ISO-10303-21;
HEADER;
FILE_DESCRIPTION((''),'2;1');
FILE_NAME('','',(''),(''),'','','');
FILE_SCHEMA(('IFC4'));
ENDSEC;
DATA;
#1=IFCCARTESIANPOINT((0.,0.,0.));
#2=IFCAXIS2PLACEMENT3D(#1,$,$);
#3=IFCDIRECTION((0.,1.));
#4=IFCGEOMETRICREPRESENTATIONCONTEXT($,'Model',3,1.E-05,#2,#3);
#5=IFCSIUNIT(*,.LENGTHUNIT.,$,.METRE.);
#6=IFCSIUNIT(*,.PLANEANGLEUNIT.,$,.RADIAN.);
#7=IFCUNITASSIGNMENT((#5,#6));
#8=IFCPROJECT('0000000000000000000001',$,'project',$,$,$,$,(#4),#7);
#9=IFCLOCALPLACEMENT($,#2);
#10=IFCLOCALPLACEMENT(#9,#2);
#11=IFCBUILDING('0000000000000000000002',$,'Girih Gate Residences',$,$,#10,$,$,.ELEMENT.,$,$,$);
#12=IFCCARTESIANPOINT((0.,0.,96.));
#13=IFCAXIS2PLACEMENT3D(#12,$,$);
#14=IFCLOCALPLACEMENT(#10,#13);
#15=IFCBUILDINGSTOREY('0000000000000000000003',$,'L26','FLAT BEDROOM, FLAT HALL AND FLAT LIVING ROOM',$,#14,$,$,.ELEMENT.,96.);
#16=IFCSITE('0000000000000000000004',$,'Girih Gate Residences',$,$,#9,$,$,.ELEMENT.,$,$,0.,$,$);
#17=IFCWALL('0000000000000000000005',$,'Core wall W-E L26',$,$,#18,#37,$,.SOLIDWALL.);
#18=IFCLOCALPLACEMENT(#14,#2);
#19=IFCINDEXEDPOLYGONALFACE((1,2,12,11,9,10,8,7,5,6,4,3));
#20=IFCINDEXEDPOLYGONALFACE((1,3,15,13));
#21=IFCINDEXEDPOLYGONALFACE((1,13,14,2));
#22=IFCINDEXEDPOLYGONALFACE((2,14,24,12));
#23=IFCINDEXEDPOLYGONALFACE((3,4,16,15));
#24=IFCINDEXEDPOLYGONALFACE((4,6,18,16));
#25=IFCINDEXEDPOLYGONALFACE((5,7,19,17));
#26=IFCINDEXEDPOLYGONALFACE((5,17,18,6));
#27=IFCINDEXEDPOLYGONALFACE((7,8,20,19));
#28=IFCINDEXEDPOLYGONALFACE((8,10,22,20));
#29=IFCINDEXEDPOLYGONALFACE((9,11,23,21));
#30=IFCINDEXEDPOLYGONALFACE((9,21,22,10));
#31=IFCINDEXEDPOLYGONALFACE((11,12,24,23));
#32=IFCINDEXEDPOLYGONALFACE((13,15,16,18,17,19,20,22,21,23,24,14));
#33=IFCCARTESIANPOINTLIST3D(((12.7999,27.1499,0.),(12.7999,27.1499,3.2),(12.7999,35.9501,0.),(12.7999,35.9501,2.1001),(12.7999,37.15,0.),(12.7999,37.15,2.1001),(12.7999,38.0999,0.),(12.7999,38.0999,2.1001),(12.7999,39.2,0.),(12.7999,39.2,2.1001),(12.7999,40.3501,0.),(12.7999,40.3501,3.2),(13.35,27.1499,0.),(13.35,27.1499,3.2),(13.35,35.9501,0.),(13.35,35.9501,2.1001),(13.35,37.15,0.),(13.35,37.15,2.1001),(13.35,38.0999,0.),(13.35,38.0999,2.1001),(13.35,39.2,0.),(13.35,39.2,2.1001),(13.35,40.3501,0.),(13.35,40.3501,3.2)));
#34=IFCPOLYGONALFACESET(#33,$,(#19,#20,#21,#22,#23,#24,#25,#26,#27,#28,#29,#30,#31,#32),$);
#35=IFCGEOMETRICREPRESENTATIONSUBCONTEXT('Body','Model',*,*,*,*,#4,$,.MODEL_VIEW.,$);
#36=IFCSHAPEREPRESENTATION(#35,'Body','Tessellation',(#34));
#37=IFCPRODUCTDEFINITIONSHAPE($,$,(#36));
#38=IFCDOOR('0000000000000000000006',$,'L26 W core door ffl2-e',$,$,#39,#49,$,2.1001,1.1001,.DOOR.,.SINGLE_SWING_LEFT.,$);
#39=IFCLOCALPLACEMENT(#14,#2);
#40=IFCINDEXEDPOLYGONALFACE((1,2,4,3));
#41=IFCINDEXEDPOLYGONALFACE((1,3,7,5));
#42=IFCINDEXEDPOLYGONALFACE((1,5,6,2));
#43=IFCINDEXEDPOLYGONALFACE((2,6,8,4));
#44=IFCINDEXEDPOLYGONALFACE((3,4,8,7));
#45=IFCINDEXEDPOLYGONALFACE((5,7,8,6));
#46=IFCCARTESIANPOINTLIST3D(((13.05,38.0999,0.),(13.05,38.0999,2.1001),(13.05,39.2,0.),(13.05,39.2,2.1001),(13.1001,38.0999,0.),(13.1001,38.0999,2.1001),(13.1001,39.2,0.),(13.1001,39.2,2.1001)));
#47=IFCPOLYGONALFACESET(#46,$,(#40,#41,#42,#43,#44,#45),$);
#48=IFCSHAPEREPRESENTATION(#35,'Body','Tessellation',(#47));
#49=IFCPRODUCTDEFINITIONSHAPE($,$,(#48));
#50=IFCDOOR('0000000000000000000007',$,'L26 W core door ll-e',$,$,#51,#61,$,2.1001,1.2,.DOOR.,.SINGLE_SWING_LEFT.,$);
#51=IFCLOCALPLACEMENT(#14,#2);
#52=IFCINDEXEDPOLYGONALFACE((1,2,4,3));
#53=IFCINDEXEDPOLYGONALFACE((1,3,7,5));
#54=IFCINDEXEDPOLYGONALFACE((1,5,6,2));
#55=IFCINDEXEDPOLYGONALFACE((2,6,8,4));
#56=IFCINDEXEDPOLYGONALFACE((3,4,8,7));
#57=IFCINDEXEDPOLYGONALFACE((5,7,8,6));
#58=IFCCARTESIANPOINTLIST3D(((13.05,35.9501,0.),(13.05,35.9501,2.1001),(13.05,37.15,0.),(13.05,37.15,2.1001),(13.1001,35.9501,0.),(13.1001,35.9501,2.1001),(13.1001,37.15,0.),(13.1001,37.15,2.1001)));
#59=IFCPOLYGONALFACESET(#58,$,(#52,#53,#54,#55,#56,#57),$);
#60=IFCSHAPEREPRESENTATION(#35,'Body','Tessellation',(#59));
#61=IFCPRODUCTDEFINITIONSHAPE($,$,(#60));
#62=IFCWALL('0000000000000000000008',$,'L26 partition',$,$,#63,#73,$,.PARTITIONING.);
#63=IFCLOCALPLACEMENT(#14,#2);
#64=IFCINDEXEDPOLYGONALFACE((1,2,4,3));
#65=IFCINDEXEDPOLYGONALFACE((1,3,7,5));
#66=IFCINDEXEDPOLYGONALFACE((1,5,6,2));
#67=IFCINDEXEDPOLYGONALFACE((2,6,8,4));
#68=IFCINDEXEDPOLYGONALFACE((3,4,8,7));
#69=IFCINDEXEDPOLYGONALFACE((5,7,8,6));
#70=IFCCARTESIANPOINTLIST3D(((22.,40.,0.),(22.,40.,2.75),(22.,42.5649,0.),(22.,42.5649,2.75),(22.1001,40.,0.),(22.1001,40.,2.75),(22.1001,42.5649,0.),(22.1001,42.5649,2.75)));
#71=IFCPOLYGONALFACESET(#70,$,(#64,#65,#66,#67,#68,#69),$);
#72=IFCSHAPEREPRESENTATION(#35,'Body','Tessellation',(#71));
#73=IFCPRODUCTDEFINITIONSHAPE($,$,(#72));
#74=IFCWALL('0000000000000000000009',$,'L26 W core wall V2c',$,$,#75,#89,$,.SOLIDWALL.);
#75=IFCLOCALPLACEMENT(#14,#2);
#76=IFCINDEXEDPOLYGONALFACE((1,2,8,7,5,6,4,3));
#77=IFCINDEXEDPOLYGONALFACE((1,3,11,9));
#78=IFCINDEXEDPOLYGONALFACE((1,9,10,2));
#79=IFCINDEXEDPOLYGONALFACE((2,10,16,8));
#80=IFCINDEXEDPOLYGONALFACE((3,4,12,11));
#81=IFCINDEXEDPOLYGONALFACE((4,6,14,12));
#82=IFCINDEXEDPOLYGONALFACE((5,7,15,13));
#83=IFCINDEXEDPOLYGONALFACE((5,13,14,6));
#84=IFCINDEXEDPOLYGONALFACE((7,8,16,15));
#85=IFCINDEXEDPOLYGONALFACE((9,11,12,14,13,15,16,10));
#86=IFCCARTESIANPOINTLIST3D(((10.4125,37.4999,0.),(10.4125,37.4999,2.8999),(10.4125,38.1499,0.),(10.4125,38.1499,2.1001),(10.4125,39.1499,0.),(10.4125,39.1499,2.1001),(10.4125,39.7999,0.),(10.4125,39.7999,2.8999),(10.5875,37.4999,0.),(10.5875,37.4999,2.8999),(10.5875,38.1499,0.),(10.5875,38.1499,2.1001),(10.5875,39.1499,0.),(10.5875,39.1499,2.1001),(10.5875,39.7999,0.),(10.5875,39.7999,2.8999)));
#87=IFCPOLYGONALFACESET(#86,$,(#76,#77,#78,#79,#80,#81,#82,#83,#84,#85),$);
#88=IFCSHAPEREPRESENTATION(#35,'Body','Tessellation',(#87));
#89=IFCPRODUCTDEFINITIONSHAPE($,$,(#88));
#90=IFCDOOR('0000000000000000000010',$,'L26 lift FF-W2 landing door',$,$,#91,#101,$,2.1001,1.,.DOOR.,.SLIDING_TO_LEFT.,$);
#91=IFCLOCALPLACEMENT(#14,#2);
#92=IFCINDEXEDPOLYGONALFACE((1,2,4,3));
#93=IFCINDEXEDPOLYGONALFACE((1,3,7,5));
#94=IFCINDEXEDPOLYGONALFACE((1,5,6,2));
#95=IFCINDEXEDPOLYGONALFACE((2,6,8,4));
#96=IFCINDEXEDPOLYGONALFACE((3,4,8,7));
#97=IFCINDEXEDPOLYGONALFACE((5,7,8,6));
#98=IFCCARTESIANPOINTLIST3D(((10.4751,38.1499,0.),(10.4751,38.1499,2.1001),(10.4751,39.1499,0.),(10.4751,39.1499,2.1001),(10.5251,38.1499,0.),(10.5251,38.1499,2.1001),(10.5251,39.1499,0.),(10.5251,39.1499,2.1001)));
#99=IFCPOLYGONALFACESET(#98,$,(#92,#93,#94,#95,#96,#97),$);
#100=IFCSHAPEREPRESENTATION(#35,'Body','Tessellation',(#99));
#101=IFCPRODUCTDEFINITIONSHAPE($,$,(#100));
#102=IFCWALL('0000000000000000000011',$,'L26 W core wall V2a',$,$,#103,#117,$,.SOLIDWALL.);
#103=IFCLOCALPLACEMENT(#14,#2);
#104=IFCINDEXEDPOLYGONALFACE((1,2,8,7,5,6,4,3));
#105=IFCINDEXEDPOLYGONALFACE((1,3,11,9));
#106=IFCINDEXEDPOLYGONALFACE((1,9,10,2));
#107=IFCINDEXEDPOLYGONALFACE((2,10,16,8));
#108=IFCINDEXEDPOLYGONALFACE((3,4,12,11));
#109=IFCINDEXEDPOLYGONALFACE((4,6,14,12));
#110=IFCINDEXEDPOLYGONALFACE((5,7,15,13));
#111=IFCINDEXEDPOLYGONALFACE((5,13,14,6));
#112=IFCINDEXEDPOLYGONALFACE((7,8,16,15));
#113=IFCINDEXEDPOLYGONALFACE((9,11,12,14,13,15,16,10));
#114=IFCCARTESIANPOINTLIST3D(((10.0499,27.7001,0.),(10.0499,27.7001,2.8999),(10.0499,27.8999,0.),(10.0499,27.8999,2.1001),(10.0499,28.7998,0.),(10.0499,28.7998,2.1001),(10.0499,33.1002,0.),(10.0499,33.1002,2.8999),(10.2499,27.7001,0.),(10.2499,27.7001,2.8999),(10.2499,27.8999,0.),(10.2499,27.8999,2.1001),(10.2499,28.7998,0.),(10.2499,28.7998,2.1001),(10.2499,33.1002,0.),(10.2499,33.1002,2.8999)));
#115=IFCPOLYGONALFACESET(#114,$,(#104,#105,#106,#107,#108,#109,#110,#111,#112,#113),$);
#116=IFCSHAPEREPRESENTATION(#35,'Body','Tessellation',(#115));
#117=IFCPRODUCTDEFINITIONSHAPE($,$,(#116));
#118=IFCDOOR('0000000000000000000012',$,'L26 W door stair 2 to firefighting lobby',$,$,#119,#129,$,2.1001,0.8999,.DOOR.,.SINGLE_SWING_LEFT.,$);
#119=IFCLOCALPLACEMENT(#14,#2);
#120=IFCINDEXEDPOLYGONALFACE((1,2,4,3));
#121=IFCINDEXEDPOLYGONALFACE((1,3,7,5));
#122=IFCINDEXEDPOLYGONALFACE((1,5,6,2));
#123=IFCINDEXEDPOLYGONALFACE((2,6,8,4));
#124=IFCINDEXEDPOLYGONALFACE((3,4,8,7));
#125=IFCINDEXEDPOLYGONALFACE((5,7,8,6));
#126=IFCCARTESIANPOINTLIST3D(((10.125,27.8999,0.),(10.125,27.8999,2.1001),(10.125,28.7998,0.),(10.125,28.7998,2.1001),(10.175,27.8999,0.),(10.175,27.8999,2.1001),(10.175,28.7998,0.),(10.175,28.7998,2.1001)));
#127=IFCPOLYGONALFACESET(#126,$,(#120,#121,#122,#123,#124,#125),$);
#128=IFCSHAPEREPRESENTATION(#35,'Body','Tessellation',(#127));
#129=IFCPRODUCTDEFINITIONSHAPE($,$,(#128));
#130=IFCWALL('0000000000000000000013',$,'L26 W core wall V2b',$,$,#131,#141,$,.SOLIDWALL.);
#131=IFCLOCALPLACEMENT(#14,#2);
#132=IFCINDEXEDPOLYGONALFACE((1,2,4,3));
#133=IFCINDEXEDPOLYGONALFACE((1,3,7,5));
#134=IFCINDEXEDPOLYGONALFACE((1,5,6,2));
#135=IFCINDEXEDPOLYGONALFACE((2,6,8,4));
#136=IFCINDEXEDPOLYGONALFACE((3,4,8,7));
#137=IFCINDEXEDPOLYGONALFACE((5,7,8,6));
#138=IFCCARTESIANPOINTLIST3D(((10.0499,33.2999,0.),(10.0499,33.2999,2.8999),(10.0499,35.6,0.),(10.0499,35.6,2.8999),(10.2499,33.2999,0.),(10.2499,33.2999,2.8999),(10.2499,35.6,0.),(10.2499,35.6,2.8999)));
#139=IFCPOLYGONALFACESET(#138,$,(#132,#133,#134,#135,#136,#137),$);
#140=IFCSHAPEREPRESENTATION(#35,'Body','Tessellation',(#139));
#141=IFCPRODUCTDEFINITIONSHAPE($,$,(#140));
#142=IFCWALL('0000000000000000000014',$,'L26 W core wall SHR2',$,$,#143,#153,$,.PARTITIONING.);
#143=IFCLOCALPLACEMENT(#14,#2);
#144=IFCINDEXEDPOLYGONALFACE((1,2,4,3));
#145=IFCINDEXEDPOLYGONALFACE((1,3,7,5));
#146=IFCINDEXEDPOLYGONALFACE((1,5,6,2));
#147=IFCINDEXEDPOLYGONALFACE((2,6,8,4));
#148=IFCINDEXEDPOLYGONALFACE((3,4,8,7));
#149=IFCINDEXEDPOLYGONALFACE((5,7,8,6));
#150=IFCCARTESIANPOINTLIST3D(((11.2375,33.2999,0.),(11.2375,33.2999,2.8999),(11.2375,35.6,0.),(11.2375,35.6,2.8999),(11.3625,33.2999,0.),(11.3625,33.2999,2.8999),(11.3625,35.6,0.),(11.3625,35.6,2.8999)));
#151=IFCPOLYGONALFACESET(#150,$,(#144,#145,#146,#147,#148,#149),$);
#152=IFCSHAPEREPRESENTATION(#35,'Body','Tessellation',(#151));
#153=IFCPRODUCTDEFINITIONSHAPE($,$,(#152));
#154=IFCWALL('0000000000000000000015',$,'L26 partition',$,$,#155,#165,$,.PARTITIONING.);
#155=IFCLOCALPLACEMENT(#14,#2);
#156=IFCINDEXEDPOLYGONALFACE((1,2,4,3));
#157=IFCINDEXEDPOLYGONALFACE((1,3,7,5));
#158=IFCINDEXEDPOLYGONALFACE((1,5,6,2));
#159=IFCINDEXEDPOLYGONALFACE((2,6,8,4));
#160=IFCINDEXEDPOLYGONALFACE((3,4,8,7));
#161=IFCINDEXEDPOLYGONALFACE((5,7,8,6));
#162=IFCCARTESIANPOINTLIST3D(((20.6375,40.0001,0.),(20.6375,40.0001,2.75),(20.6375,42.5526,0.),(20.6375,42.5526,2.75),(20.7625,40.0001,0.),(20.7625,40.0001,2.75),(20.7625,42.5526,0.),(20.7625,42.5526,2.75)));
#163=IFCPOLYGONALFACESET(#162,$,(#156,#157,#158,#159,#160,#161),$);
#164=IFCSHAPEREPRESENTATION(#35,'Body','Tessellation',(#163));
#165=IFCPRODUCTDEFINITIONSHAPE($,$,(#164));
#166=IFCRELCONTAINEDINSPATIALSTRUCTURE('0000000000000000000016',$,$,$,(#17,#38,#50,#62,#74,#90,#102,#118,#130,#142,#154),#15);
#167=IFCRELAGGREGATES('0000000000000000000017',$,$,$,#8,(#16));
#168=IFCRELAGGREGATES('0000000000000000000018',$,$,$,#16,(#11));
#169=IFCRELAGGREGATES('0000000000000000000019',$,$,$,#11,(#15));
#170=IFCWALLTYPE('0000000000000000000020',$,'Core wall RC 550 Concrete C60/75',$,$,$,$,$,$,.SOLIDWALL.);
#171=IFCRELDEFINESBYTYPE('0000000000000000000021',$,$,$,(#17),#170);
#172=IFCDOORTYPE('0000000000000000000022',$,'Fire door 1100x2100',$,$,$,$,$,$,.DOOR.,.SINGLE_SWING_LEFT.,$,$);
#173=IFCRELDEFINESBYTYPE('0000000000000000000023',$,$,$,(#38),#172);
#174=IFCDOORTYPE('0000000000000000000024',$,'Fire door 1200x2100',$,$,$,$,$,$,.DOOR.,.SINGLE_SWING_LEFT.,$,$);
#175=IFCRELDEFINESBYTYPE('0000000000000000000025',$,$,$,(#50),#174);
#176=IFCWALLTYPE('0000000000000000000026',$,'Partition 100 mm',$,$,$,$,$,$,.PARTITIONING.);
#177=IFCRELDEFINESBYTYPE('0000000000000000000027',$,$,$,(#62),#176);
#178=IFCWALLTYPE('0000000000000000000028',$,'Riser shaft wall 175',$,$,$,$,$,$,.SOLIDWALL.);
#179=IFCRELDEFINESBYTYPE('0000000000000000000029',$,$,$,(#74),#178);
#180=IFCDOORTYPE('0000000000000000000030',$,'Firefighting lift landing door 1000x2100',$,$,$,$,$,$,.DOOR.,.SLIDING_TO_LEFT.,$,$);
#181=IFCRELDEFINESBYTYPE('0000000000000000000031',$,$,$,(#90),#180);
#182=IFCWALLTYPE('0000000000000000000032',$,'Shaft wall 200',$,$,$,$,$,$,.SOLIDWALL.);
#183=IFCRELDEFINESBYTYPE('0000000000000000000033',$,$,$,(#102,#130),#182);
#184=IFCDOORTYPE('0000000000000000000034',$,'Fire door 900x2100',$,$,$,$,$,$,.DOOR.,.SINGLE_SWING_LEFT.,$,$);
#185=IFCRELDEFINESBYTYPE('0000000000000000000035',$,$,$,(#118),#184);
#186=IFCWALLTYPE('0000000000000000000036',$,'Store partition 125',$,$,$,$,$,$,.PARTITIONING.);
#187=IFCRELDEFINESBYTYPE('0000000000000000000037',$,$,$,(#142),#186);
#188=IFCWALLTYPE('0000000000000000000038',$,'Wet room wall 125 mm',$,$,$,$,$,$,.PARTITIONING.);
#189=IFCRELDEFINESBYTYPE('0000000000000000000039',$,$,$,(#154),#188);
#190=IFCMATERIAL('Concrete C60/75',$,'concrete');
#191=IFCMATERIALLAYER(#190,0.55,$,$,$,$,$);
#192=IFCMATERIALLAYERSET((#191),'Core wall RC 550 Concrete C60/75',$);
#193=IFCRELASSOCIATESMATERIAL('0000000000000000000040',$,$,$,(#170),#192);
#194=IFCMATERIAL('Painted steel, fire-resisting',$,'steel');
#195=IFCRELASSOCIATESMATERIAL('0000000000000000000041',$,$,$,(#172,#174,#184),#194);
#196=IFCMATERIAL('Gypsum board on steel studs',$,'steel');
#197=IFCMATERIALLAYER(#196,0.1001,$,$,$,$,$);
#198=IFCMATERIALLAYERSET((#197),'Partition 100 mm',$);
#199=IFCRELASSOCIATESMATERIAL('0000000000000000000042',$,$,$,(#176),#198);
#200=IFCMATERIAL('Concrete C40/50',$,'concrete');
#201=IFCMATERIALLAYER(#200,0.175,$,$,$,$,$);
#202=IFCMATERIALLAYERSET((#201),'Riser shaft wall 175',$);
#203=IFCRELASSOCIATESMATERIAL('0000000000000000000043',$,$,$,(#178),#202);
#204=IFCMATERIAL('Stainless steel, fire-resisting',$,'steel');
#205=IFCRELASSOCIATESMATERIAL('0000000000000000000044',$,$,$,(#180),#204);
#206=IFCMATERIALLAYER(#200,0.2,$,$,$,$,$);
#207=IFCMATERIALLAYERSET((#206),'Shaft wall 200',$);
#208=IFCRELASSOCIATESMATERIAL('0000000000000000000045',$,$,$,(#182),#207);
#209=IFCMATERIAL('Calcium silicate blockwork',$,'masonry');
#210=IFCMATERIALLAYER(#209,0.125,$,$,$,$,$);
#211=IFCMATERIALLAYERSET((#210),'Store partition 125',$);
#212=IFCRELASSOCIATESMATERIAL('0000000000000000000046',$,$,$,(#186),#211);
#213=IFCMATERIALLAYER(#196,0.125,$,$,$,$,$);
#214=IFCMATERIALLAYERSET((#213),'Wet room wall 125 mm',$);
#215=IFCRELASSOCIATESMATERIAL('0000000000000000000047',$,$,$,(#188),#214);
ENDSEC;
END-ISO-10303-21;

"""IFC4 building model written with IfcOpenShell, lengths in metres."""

from ifc_helpers import new_model, si_unit, direction, frame, frame_2d, origin, place, context, subcontext, project, spatial, rectangle, extrude, material, layer, layer_set, type_object, element, fill, save


model = new_model("IFC4")

# Units and contexts
model_context = context("Model", 3, precision=1e-05, world=origin(), true_north=direction((0.0, 1.0)))
body_context = subcontext(model_context, "Body", "Model", "MODEL_VIEW")
ifc_project = project(units=[si_unit("LENGTHUNIT", "METRE"), si_unit("PLANEANGLEUNIT", "RADIAN")], contexts=[model_context])

# Site, building, storey
site_placement = place(None, origin())
site = spatial("IfcSite", under=ifc_project, at=site_placement, Name="Girih Gate Residences", CompositionType="ELEMENT", RefElevation=0.0)
building_placement = place(site_placement, origin())
building = spatial("IfcBuilding", under=site, at=building_placement, Name="Girih Gate Residences", CompositionType="ELEMENT")
storey_placement = place(building_placement, frame((0.0, 0.0, 96.0)))
storey = spatial("IfcBuildingStorey", under=building, at=storey_placement, Name="L26", Description="FLAT BEDROOM, FLAT HALL AND FLAT LIVING ROOM", CompositionType="ELEMENT", Elevation=96.0)

# Shared definitions
ifc_material_1 = material(Name="Concrete C60/75", Category="concrete")

# Shared definitions
ifc_material_2 = material(Name="Gypsum board on steel studs", Category="steel")

# Wall, openings, doors
ifc_layer_1 = layer(ifc_material_1, 0.55)
ifc_layer_set_1 = layer_set([ifc_layer_1], Name="Core wall RC 550 Concrete C60/75")
wall_type_1 = type_object("IfcWallType", Name="Core wall RC 550 Concrete C60/75", PredefinedType="SOLIDWALL", material=ifc_layer_set_1)
wall_1_placement = place(storey_placement, frame((13.075, 27.1499, 0.0), z_axis=(0.0, 0.0, 1.0), x_axis=(0.0, 1.0, 0.0)))
wall_1 = element("IfcWall", 1, at=wall_1_placement, inside=storey, type_object=wall_type_1, Name="Core wall W-E L26", PredefinedType="SOLIDWALL", context=body_context, shape_type="SweptSolid", body=[
    extrude(rectangle(XDim=13.2002, YDim=0.55, at=frame_2d((6.6001, 0.0))), origin(), (0.0, 0.0, 1.0), 3.2),
])
opening_1_placement = place(wall_1_placement, frame((10.95, 0.0, 0.0)))
opening_1 = element("IfcOpeningElement", 2, at=opening_1_placement, cuts=wall_1, PredefinedType="OPENING", context=body_context, shape_type="SweptSolid", body=[
    extrude(rectangle(XDim=1.1001, YDim=2.1001, at=frame_2d((0.55, 1.05))), frame((0.0, 0.2849, 0.0), z_axis=(0.0, -1.0, 0.0), x_axis=(1.0, 0.0, 0.0)), (0.0, 0.0, 1.0), 0.5701),
])
opening_2_placement = place(wall_1_placement, frame((8.8, 0.0, 0.0)))
opening_2 = element("IfcOpeningElement", 3, at=opening_2_placement, cuts=wall_1, PredefinedType="OPENING", context=body_context, shape_type="SweptSolid", body=[
    extrude(rectangle(XDim=1.2, YDim=2.1001, at=frame_2d((0.6001, 1.05))), frame((0.0, 0.2849, 0.0), z_axis=(0.0, -1.0, 0.0), x_axis=(1.0, 0.0, 0.0)), (0.0, 0.0, 1.0), 0.5701),
])
ifc_material_3 = material(Name="Painted steel, fire-resisting", Category="steel")
door_type_1 = type_object("IfcDoorType", Name="Fire door 1100x2100", OperationType="SINGLE_SWING_LEFT", PredefinedType="DOOR", material=ifc_material_3)
door_1_placement = place(opening_1_placement, origin())
door_1 = element("IfcDoor", 4, at=door_1_placement, inside=storey, type_object=door_type_1, Name="L26 W core door ffl2-e", OperationType="SINGLE_SWING_LEFT", OverallHeight=2.1001, OverallWidth=1.1001, PredefinedType="DOOR", context=body_context, shape_type="SweptSolid", body=[
    extrude(rectangle(XDim=1.1001, YDim=2.1001, at=frame_2d((0.55, 1.05))), frame((0.0, 0.0249, 0.0), z_axis=(0.0, -1.0, 0.0), x_axis=(1.0, 0.0, 0.0)), (0.0, 0.0, 1.0), 0.05),
])
fill(opening_1, door_1)
door_type_2 = type_object("IfcDoorType", Name="Fire door 1200x2100", OperationType="SINGLE_SWING_LEFT", PredefinedType="DOOR", material=ifc_material_3)
door_2_placement = place(opening_2_placement, origin())
door_2 = element("IfcDoor", 5, at=door_2_placement, inside=storey, type_object=door_type_2, Name="L26 W core door ll-e", OperationType="SINGLE_SWING_LEFT", OverallHeight=2.1001, OverallWidth=1.2, PredefinedType="DOOR", context=body_context, shape_type="SweptSolid", body=[
    extrude(rectangle(XDim=1.2, YDim=2.1001, at=frame_2d((0.6001, 1.05))), frame((0.0, 0.0249, 0.0), z_axis=(0.0, -1.0, 0.0), x_axis=(1.0, 0.0, 0.0)), (0.0, 0.0, 1.0), 0.05),
])
fill(opening_2, door_2)

# Wall
ifc_layer_2 = layer(ifc_material_2, 0.1001)
ifc_layer_set_2 = layer_set([ifc_layer_2], Name="Partition 100 mm")
wall_type_2 = type_object("IfcWallType", Name="Partition 100 mm", PredefinedType="PARTITIONING", material=ifc_layer_set_2)
wall_2_placement = place(storey_placement, frame((22.05, 40.0, 0.0), z_axis=(0.0, 0.0, 1.0), x_axis=(0.0, 1.0, 0.0)))
element("IfcWall", 6, at=wall_2_placement, inside=storey, type_object=wall_type_2, Name="L26 partition", PredefinedType="PARTITIONING", context=body_context, shape_type="SweptSolid", body=[
    extrude(rectangle(XDim=2.5649, YDim=0.1001, at=frame_2d((1.2825, 0.0))), origin(), (0.0, 0.0, 1.0), 2.75),
])

# Walls, openings, doors
ifc_material_4 = material(Name="Concrete C40/50", Category="concrete")
ifc_layer_3 = layer(ifc_material_4, 0.175)
ifc_layer_set_3 = layer_set([ifc_layer_3], Name="Riser shaft wall 175")
wall_type_3 = type_object("IfcWallType", Name="Riser shaft wall 175", PredefinedType="SOLIDWALL", material=ifc_layer_set_3)
wall_3_placement = place(storey_placement, frame((10.5, 37.5, 0.0), z_axis=(0.0, 0.0, 1.0), x_axis=(0.0, 1.0, 0.0)))
wall_3 = element("IfcWall", 7, at=wall_3_placement, inside=storey, type_object=wall_type_3, Name="L26 W core wall V2c", PredefinedType="SOLIDWALL", context=body_context, shape_type="SweptSolid", body=[
    extrude(rectangle(XDim=2.3, YDim=0.175, at=frame_2d((1.1499, 0.0))), origin(), (0.0, 0.0, 1.0), 2.8999),
])
opening_3_placement = place(wall_3_placement, frame((0.6499, 0.0, 0.0)))
opening_3 = element("IfcOpeningElement", 8, at=opening_3_placement, cuts=wall_3, PredefinedType="OPENING", context=body_context, shape_type="SweptSolid", body=[
    extrude(rectangle(XDim=1.0, YDim=2.1001, at=frame_2d((0.5, 1.05))), frame((0.0, 0.0974, 0.0), z_axis=(0.0, -1.0, 0.0), x_axis=(1.0, 0.0, 0.0)), (0.0, 0.0, 1.0), 0.1951),
])
ifc_material_5 = material(Name="Stainless steel, fire-resisting", Category="steel")
door_type_3 = type_object("IfcDoorType", Name="Firefighting lift landing door 1000x2100", OperationType="SLIDING_TO_LEFT", PredefinedType="DOOR", material=ifc_material_5)
door_3_placement = place(opening_3_placement, origin())
door_3 = element("IfcDoor", 9, at=door_3_placement, inside=storey, type_object=door_type_3, Name="L26 lift FF-W2 landing door", OperationType="SLIDING_TO_LEFT", OverallHeight=2.1001, OverallWidth=1.0, PredefinedType="DOOR", context=body_context, shape_type="SweptSolid", body=[
    extrude(rectangle(XDim=1.0, YDim=2.1001, at=frame_2d((0.5, 1.05))), frame((0.0, 0.0249, 0.0), z_axis=(0.0, -1.0, 0.0), x_axis=(1.0, 0.0, 0.0)), (0.0, 0.0, 1.0), 0.05),
])
fill(opening_3, door_3)
ifc_layer_4 = layer(ifc_material_4, 0.2)
ifc_layer_set_4 = layer_set([ifc_layer_4], Name="Shaft wall 200")
wall_type_4 = type_object("IfcWallType", Name="Shaft wall 200", PredefinedType="SOLIDWALL", material=ifc_layer_set_4)
wall_4_placement = place(storey_placement, frame((10.1499, 27.7, 0.0), z_axis=(0.0, 0.0, 1.0), x_axis=(0.0, 1.0, 0.0)))
wall_4 = element("IfcWall", 10, at=wall_4_placement, inside=storey, type_object=wall_type_4, Name="L26 W core wall V2a", PredefinedType="SOLIDWALL", context=body_context, shape_type="SweptSolid", body=[
    extrude(rectangle(XDim=5.4001, YDim=0.2, at=frame_2d((2.7002, 0.0))), origin(), (0.0, 0.0, 1.0), 2.8999),
])
opening_4_placement = place(wall_4_placement, frame((0.2, 0.0, 0.0)))
opening_4 = element("IfcOpeningElement", 11, at=opening_4_placement, cuts=wall_4, PredefinedType="OPENING", context=body_context, shape_type="SweptSolid", body=[
    extrude(rectangle(XDim=0.8999, YDim=2.1001, at=frame_2d((0.45, 1.05))), frame((0.0, 0.1099, 0.0), z_axis=(0.0, -1.0, 0.0), x_axis=(1.0, 0.0, 0.0)), (0.0, 0.0, 1.0), 0.22),
])
door_type_4 = type_object("IfcDoorType", Name="Fire door 900x2100", OperationType="SINGLE_SWING_LEFT", PredefinedType="DOOR", material=ifc_material_3)
door_4_placement = place(opening_4_placement, origin())
door_4 = element("IfcDoor", 12, at=door_4_placement, inside=storey, type_object=door_type_4, Name="L26 W door stair 2 to firefighting lobby", OperationType="SINGLE_SWING_LEFT", OverallHeight=2.1001, OverallWidth=0.8999, PredefinedType="DOOR", context=body_context, shape_type="SweptSolid", body=[
    extrude(rectangle(XDim=0.8999, YDim=2.1001, at=frame_2d((0.45, 1.05))), frame((0.0, 0.0249, 0.0), z_axis=(0.0, -1.0, 0.0), x_axis=(1.0, 0.0, 0.0)), (0.0, 0.0, 1.0), 0.05),
])
fill(opening_4, door_4)

# Walls
wall_5_placement = place(storey_placement, frame((10.1499, 33.3, 0.0), z_axis=(0.0, 0.0, 1.0), x_axis=(0.0, 1.0, 0.0)))
element("IfcWall", 13, at=wall_5_placement, inside=storey, type_object=wall_type_4, Name="L26 W core wall V2b", PredefinedType="SOLIDWALL", context=body_context, shape_type="SweptSolid", body=[
    extrude(rectangle(XDim=2.3, YDim=0.2, at=frame_2d((1.1499, 0.0))), origin(), (0.0, 0.0, 1.0), 2.8999),
])
ifc_material_6 = material(Name="Calcium silicate blockwork", Category="masonry")
ifc_layer_5 = layer(ifc_material_6, 0.125)
ifc_layer_set_5 = layer_set([ifc_layer_5], Name="Store partition 125")
wall_type_5 = type_object("IfcWallType", Name="Store partition 125", PredefinedType="PARTITIONING", material=ifc_layer_set_5)
wall_6_placement = place(storey_placement, frame((11.3, 33.3, 0.0), z_axis=(0.0, 0.0, 1.0), x_axis=(0.0, 1.0, 0.0)))
element("IfcWall", 14, at=wall_6_placement, inside=storey, type_object=wall_type_5, Name="L26 W core wall SHR2", PredefinedType="PARTITIONING", context=body_context, shape_type="SweptSolid", body=[
    extrude(rectangle(XDim=2.3, YDim=0.125, at=frame_2d((1.1499, 0.0))), origin(), (0.0, 0.0, 1.0), 2.8999),
])
ifc_layer_6 = layer(ifc_material_2, 0.125)
ifc_layer_set_6 = layer_set([ifc_layer_6], Name="Wet room wall 125 mm")
wall_type_6 = type_object("IfcWallType", Name="Wet room wall 125 mm", PredefinedType="PARTITIONING", material=ifc_layer_set_6)
wall_7_placement = place(storey_placement, frame((20.7, 40.0, 0.0), z_axis=(0.0, 0.0, 1.0), x_axis=(0.0, 1.0, 0.0)))
element("IfcWall", 15, at=wall_7_placement, inside=storey, type_object=wall_type_6, Name="L26 partition", PredefinedType="PARTITIONING", context=body_context, shape_type="SweptSolid", body=[
    extrude(rectangle(XDim=2.5525, YDim=0.125, at=frame_2d((1.2764, 0.0))), origin(), (0.0, 0.0, 1.0), 2.75),
])

save(model, "model.ifc")
